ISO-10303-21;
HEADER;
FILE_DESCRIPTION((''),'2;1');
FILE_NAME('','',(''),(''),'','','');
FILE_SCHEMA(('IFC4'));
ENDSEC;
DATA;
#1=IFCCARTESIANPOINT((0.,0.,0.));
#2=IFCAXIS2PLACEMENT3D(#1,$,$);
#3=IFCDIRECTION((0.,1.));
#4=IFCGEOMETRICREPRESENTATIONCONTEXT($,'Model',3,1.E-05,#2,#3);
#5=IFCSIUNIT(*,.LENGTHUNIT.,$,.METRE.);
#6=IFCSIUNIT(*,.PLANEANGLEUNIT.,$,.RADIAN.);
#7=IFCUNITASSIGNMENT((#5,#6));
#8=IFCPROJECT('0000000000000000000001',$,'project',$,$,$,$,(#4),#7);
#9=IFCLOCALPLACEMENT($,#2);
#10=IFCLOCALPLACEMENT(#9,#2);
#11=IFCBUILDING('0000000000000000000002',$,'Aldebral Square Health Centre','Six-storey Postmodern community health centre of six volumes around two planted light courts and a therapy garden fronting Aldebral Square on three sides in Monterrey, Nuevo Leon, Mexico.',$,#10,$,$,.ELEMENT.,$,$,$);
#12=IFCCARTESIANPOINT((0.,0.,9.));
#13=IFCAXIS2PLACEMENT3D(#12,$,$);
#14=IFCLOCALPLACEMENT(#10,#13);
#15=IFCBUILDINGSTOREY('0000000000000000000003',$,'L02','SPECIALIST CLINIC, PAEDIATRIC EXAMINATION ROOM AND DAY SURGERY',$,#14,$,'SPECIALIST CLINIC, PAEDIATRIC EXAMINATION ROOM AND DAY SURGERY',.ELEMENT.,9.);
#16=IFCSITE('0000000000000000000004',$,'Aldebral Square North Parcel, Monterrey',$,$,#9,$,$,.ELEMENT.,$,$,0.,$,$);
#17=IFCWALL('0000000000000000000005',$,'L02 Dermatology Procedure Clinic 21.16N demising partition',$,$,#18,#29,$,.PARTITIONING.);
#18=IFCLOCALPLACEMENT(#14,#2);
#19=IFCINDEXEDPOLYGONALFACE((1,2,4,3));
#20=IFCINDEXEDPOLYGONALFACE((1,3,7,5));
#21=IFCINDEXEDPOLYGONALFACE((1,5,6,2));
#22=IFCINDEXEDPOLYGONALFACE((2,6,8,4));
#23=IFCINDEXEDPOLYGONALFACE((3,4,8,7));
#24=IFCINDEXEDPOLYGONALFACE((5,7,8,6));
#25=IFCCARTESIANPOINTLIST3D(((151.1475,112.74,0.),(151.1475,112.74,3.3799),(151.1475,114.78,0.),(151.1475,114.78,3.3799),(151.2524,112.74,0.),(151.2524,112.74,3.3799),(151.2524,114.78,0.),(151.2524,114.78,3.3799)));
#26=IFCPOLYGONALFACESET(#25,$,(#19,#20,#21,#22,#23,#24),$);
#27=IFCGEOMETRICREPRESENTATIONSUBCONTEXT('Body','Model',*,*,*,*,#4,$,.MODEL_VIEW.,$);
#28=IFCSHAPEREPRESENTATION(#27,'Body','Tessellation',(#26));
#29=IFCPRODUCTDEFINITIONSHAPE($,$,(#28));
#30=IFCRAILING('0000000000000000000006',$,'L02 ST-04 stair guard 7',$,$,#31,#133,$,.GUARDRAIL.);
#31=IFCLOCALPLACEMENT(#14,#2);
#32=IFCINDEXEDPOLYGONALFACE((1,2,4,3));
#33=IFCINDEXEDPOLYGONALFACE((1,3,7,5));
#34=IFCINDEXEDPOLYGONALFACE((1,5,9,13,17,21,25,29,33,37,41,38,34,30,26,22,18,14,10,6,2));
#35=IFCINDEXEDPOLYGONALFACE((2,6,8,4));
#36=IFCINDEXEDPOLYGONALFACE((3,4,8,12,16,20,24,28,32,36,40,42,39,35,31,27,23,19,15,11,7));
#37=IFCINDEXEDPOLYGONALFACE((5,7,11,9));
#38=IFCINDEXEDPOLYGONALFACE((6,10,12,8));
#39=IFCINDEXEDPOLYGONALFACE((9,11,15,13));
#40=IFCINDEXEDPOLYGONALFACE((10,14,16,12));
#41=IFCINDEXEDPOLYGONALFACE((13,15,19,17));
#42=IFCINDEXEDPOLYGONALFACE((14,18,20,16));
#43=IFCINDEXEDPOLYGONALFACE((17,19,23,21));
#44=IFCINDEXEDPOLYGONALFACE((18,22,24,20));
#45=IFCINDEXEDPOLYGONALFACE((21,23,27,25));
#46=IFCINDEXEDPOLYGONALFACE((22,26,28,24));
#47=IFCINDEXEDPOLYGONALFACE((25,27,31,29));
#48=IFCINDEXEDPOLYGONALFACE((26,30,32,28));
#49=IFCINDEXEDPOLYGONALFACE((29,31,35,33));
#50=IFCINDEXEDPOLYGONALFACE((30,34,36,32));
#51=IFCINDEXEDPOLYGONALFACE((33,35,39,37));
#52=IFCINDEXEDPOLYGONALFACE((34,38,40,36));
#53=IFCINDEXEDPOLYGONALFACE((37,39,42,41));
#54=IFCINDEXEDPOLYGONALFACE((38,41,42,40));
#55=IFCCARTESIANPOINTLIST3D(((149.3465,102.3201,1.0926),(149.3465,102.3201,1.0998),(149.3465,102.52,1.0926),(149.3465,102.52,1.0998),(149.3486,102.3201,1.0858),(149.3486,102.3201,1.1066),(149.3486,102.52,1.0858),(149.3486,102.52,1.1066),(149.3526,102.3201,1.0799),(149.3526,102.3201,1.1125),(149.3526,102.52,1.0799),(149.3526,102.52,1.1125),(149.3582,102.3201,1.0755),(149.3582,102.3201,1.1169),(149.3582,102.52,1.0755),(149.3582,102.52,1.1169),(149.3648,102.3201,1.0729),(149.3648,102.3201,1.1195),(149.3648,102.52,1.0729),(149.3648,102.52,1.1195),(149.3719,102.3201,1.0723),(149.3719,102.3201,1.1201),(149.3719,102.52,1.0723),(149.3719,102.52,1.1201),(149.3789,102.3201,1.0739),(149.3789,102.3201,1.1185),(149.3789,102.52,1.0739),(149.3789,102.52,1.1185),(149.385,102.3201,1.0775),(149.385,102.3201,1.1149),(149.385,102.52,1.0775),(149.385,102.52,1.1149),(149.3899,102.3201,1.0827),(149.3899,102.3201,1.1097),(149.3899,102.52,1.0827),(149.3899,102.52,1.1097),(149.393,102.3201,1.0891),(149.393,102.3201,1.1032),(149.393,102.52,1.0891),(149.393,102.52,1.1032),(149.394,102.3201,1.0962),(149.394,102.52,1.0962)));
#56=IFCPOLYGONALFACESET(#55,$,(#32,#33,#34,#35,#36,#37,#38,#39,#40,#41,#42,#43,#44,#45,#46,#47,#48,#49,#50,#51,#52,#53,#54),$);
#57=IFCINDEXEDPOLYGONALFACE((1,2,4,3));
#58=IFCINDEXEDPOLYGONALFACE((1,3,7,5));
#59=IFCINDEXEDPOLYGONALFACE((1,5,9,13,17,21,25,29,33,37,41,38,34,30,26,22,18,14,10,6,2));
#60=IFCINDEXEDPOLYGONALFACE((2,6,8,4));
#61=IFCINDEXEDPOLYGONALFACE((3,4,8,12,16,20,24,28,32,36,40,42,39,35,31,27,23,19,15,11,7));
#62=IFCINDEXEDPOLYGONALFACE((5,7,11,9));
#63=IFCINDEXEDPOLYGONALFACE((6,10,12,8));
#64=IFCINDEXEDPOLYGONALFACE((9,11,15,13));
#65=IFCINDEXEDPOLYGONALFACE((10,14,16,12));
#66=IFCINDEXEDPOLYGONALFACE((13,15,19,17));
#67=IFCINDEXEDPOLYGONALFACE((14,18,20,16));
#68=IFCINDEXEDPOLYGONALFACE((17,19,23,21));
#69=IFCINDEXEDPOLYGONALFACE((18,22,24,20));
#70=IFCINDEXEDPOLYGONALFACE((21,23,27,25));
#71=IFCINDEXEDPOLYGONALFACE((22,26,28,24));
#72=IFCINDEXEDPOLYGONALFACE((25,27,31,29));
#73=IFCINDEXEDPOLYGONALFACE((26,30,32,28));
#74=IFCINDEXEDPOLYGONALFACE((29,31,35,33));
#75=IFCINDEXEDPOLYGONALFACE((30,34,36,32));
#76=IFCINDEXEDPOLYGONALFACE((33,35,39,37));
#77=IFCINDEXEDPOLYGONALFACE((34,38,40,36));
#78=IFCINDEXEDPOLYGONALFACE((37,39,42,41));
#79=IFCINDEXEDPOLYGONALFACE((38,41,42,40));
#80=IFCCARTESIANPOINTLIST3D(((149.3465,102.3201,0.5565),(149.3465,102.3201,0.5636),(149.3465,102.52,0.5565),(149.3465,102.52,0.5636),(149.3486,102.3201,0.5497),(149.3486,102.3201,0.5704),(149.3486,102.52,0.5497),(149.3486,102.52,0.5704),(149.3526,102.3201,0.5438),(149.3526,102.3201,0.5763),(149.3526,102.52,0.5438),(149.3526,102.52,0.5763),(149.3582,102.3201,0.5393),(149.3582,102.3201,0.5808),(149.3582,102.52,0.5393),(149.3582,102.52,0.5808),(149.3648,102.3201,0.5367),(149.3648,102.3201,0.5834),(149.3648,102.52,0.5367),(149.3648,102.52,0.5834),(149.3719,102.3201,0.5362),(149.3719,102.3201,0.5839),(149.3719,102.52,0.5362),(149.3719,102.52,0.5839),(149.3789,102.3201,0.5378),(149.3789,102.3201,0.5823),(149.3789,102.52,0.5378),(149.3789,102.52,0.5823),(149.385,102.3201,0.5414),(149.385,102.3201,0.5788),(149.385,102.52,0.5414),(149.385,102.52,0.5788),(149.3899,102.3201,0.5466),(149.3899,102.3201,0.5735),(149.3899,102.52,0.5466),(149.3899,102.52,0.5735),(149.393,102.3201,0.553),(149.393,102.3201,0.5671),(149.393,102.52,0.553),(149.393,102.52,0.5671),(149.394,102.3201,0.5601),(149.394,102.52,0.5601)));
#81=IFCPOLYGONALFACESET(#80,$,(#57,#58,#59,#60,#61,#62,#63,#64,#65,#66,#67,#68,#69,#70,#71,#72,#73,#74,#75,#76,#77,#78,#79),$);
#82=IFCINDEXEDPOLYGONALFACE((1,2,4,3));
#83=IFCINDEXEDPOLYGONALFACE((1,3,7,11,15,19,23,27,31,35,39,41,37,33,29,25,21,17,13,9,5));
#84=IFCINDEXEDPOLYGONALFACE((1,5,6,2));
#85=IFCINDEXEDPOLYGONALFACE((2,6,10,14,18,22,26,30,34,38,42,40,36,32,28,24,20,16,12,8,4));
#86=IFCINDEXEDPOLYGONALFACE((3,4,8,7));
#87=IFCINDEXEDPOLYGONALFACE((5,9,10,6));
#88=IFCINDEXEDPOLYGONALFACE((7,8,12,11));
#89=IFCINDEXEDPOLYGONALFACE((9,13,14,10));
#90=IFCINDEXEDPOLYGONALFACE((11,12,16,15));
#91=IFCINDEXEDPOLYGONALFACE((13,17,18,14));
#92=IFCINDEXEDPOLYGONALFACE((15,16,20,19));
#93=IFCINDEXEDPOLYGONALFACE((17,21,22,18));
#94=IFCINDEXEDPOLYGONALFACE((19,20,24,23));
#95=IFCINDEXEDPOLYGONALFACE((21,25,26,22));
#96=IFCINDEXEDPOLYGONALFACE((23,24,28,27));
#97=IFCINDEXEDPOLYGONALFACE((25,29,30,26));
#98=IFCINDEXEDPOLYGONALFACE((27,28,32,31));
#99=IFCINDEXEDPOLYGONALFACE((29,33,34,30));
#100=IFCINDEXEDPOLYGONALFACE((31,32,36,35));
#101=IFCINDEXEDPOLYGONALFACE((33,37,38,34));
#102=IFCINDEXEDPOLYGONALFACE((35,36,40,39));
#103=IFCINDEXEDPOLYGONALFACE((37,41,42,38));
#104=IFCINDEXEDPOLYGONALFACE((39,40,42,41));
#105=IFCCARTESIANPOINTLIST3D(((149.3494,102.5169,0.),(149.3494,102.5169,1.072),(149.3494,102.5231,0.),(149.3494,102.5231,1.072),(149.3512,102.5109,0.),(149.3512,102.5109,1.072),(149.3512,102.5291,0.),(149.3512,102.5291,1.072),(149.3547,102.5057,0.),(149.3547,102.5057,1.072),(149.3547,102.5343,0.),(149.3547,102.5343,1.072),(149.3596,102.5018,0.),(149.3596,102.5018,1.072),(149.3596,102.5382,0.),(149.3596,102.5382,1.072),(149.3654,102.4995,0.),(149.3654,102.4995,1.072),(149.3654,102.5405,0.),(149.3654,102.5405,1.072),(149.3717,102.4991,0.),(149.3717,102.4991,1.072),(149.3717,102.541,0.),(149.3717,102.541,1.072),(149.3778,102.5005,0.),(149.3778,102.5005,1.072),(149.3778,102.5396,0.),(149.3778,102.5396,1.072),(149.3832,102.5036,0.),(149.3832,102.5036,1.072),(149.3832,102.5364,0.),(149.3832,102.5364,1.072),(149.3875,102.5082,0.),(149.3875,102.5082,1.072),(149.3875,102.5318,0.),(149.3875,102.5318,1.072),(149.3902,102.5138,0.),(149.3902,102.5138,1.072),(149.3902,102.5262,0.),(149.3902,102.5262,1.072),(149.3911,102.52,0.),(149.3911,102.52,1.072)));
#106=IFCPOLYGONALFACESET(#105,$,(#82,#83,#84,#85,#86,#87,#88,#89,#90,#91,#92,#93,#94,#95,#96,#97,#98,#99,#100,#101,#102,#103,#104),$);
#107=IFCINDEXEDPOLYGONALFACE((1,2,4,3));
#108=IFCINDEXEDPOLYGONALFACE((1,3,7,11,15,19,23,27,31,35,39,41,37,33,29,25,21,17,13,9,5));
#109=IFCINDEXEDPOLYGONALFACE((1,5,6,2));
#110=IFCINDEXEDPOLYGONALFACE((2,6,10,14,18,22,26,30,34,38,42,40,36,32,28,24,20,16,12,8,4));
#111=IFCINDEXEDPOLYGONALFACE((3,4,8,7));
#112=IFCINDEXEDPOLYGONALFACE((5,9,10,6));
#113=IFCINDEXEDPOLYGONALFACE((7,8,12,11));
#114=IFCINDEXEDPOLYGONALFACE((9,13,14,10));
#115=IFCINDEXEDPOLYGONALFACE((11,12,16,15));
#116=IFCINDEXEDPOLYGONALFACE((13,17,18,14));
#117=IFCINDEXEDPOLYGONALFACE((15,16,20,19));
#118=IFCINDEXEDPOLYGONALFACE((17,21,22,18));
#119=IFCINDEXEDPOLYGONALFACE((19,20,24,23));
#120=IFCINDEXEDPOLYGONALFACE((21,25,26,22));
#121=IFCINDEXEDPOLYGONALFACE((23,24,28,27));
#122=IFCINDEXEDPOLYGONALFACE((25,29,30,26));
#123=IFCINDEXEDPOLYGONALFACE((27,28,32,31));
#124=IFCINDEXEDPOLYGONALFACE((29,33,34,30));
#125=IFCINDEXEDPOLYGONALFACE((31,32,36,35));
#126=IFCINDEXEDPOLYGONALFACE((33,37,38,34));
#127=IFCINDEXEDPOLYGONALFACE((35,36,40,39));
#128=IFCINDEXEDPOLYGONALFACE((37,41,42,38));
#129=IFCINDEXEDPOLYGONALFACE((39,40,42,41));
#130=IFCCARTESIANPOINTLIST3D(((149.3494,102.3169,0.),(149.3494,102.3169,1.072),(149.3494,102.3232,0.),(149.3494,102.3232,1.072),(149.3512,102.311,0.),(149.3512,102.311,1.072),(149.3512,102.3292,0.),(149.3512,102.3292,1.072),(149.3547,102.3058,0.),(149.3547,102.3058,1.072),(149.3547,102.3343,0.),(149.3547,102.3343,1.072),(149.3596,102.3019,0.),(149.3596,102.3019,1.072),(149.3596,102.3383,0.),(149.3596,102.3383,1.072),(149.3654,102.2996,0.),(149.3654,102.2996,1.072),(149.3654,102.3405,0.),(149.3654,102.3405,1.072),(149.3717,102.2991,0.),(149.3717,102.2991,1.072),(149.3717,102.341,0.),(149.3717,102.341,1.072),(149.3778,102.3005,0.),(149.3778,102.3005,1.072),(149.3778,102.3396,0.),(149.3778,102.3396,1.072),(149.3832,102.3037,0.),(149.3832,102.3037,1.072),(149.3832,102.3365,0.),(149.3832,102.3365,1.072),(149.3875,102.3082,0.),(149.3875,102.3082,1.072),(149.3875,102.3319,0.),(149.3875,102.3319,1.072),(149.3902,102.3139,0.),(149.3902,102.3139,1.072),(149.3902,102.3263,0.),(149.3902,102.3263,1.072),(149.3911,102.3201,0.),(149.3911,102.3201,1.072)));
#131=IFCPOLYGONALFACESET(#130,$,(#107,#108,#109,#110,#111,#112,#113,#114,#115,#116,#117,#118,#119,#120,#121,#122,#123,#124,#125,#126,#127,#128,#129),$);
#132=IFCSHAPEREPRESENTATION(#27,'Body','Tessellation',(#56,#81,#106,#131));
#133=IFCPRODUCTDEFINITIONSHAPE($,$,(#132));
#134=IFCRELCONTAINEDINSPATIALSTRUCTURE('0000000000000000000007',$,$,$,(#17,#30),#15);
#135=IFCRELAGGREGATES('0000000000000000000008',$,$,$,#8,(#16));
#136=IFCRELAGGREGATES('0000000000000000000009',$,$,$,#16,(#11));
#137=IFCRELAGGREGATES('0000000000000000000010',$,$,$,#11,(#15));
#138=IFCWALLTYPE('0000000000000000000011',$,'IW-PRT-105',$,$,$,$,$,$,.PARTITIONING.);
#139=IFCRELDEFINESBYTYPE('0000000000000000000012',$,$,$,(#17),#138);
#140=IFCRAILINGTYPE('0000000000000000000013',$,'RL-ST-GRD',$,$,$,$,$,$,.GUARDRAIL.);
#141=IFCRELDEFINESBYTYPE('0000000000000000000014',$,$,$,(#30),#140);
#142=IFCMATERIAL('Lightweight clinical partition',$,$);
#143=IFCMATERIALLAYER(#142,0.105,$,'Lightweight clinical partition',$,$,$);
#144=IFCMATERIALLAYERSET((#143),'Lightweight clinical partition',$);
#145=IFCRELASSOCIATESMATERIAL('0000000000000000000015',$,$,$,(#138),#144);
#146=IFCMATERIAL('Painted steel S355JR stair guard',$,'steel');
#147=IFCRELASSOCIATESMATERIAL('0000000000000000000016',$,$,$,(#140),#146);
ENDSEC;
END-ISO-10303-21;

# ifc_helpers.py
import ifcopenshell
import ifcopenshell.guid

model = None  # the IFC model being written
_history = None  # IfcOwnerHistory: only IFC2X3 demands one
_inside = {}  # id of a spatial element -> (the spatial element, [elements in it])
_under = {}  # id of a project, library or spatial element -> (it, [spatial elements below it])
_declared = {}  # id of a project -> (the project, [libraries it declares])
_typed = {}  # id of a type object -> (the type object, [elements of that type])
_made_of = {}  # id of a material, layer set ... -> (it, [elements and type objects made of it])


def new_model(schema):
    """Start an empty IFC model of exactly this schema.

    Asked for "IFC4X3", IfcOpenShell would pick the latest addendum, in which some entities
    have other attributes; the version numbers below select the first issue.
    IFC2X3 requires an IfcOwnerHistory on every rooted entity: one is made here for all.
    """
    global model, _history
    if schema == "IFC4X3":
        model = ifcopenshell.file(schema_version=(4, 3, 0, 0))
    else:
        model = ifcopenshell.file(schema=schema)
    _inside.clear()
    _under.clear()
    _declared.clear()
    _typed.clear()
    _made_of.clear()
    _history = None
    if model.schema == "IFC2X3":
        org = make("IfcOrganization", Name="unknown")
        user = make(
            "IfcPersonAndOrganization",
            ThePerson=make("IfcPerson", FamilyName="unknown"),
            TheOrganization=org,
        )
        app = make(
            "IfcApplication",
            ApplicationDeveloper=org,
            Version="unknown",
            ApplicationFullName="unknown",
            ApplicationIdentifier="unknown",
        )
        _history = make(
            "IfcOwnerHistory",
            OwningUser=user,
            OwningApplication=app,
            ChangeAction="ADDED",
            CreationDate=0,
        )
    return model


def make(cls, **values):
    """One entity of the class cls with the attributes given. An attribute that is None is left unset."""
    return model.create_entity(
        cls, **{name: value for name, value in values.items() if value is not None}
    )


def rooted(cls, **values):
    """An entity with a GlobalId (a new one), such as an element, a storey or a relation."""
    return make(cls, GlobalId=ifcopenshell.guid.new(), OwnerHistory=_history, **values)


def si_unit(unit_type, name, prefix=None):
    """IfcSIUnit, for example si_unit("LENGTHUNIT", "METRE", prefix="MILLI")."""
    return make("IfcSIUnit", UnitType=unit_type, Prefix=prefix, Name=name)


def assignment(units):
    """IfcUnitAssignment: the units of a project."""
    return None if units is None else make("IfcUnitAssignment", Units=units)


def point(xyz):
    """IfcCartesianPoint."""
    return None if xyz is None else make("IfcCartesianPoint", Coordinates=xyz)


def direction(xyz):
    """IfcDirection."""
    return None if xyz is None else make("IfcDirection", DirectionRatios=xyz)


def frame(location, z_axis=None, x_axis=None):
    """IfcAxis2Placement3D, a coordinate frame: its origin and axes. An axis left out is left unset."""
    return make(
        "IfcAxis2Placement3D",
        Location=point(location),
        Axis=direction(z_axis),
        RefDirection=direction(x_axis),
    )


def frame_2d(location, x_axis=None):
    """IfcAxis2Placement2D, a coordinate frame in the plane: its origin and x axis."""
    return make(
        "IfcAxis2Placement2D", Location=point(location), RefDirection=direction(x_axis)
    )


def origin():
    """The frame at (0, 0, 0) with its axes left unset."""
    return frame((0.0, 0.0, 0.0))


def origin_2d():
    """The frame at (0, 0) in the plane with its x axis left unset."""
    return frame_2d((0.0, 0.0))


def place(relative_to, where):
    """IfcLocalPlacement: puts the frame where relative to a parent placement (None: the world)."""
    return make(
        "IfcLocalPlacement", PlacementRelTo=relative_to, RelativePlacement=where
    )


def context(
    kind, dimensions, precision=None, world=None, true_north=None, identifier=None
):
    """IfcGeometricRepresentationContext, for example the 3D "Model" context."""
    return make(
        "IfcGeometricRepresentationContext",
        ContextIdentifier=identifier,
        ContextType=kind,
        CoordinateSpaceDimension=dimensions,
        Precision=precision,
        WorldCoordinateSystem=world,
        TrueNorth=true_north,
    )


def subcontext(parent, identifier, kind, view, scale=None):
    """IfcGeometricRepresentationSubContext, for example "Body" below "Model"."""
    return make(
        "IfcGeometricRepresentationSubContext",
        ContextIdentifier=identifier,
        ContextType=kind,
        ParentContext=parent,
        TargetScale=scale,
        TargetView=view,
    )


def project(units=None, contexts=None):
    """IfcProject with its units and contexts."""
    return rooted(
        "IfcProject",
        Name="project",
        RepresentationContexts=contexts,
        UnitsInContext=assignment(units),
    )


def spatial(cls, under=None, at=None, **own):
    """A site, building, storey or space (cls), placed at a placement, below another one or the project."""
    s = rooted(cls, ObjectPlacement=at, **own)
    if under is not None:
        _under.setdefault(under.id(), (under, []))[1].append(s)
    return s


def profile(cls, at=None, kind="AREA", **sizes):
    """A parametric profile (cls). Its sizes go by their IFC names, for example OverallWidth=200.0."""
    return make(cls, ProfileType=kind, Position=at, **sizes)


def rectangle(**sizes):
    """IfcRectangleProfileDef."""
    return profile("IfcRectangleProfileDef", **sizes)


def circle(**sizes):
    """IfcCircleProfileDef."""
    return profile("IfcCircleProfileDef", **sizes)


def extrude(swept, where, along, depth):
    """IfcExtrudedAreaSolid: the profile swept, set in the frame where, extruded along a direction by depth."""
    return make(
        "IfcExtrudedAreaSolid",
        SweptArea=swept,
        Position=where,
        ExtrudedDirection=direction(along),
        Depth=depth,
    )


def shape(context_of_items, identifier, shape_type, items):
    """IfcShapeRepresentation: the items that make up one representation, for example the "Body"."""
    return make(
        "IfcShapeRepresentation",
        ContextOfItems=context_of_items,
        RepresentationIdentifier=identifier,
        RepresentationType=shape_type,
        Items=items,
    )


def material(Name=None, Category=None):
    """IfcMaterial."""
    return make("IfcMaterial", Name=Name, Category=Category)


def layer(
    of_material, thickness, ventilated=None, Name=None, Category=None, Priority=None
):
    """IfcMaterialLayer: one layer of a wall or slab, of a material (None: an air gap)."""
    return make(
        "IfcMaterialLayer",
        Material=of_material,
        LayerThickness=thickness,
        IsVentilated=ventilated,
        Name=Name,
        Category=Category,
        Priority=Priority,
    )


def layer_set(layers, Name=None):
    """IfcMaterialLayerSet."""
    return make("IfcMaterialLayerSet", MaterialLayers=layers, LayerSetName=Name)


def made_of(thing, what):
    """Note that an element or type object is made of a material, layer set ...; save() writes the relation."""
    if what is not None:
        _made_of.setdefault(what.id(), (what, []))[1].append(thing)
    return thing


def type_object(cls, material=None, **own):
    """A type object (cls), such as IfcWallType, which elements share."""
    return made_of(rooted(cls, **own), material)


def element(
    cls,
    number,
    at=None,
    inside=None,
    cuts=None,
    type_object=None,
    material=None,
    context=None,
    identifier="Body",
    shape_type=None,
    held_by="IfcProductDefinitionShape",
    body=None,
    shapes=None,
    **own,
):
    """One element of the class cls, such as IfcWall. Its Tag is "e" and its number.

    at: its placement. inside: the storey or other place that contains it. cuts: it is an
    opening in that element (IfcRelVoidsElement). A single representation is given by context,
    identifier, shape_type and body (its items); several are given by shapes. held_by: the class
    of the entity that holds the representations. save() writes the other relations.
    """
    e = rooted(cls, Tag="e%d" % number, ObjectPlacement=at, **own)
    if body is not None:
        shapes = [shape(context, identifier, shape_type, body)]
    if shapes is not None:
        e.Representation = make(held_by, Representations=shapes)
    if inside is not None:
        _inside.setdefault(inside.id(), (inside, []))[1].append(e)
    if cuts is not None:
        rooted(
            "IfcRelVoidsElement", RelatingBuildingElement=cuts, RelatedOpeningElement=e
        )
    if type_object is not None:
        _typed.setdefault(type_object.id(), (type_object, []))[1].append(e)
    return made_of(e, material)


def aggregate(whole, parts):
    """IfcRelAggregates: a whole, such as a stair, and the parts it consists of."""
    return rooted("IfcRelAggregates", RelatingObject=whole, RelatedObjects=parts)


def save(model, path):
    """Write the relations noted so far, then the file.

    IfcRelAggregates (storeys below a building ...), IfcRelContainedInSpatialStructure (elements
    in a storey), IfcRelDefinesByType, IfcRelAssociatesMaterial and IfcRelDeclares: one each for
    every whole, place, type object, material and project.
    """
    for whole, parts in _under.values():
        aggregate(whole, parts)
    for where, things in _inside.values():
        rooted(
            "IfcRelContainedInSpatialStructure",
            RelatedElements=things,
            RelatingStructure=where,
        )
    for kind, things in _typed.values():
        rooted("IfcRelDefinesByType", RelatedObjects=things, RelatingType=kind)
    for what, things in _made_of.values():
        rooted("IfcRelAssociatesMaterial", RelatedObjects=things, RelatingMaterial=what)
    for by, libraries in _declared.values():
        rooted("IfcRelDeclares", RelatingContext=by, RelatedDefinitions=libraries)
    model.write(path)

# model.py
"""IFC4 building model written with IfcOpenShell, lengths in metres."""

from ifc_helpers import new_model, si_unit, direction, frame, frame_2d, origin, origin_2d, place, context, subcontext, project, spatial, rectangle, circle, extrude, material, layer, layer_set, type_object, element, save


model = new_model("IFC4")

# Units and contexts
model_context = context("Model", 3, precision=1e-05, world=origin(), true_north=direction((0.0, 1.0)))
body_context = subcontext(model_context, "Body", "Model", "MODEL_VIEW")
ifc_project = project(units=[si_unit("LENGTHUNIT", "METRE"), si_unit("PLANEANGLEUNIT", "RADIAN")], contexts=[model_context])

# Site, building, storey
site_placement = place(None, origin())
site = spatial("IfcSite", under=ifc_project, at=site_placement, Name="Aldebral Square North Parcel, Monterrey", CompositionType="ELEMENT", RefElevation=0.0)
building_placement = place(site_placement, origin())
building = spatial("IfcBuilding", under=site, at=building_placement, Name="Aldebral Square Health Centre", Description="Six-storey Postmodern community health centre of six volumes around two planted light courts and a therapy garden fronting Aldebral Square on three sides in Monterrey, Nuevo Leon, Mexico.", CompositionType="ELEMENT")
storey_placement = place(building_placement, frame((0.0, 0.0, 9.0)))
storey = spatial("IfcBuildingStorey", under=building, at=storey_placement, Name="L02", Description="SPECIALIST CLINIC, PAEDIATRIC EXAMINATION ROOM AND DAY SURGERY", LongName="SPECIALIST CLINIC, PAEDIATRIC EXAMINATION ROOM AND DAY SURGERY", CompositionType="ELEMENT", Elevation=9.0)

# Wall
ifc_material_1 = material(Name="Lightweight clinical partition")
ifc_layer_1 = layer(ifc_material_1, 0.105, Name="Lightweight clinical partition")
ifc_layer_set_1 = layer_set([ifc_layer_1], Name="Lightweight clinical partition")
wall_type_1 = type_object("IfcWallType", Name="IW-PRT-105", PredefinedType="PARTITIONING", material=ifc_layer_set_1)
wall_1_placement = place(storey_placement, frame((151.2, 112.74, 0.0), z_axis=(0.0, 0.0, 1.0), x_axis=(0.0, 1.0, 0.0)))
element("IfcWall", 1, at=wall_1_placement, inside=storey, type_object=wall_type_1, Name="L02 Dermatology Procedure Clinic 21.16N demising partition", PredefinedType="PARTITIONING", context=body_context, shape_type="SweptSolid", body=[
    extrude(rectangle(XDim=2.04, YDim=0.105, at=frame_2d((1.02, 0.0))), origin(), (0.0, 0.0, 1.0), 3.3799),
])

# Railing
ifc_material_2 = material(Name="Painted steel S355JR stair guard", Category="steel")
railing_type_1 = type_object("IfcRailingType", Name="RL-ST-GRD", PredefinedType="GUARDRAIL", material=ifc_material_2)
railing_1_placement = place(storey_placement, frame((149.3701, 102.52, 0.0)))
element("IfcRailing", 2, at=railing_1_placement, inside=storey, type_object=railing_type_1, Name="L02 ST-04 stair guard 7", PredefinedType="GUARDRAIL", context=body_context, shape_type="SweptSolid", body=[
    extrude(circle(Radius=0.0239, at=origin_2d()), frame((0.0, 0.0, 1.0962), z_axis=(0.0, -1.0, 0.0), x_axis=(1.0, 0.0, 0.0)), (0.0, 0.0, 1.0), 0.2),
    extrude(circle(Radius=0.0239, at=origin_2d()), frame((0.0, 0.0, 0.5601), z_axis=(0.0, -1.0, 0.0), x_axis=(1.0, 0.0, 0.0)), (0.0, 0.0, 1.0), 0.2),
    extrude(circle(Radius=0.021, at=origin_2d()), origin(), (0.0, 0.0, 1.0), 1.072),
    extrude(circle(Radius=0.021, at=origin_2d()), frame((0.0, -0.2, 0.0)), (0.0, 0.0, 1.0), 1.072),
])

save(model, "model.ifc")
